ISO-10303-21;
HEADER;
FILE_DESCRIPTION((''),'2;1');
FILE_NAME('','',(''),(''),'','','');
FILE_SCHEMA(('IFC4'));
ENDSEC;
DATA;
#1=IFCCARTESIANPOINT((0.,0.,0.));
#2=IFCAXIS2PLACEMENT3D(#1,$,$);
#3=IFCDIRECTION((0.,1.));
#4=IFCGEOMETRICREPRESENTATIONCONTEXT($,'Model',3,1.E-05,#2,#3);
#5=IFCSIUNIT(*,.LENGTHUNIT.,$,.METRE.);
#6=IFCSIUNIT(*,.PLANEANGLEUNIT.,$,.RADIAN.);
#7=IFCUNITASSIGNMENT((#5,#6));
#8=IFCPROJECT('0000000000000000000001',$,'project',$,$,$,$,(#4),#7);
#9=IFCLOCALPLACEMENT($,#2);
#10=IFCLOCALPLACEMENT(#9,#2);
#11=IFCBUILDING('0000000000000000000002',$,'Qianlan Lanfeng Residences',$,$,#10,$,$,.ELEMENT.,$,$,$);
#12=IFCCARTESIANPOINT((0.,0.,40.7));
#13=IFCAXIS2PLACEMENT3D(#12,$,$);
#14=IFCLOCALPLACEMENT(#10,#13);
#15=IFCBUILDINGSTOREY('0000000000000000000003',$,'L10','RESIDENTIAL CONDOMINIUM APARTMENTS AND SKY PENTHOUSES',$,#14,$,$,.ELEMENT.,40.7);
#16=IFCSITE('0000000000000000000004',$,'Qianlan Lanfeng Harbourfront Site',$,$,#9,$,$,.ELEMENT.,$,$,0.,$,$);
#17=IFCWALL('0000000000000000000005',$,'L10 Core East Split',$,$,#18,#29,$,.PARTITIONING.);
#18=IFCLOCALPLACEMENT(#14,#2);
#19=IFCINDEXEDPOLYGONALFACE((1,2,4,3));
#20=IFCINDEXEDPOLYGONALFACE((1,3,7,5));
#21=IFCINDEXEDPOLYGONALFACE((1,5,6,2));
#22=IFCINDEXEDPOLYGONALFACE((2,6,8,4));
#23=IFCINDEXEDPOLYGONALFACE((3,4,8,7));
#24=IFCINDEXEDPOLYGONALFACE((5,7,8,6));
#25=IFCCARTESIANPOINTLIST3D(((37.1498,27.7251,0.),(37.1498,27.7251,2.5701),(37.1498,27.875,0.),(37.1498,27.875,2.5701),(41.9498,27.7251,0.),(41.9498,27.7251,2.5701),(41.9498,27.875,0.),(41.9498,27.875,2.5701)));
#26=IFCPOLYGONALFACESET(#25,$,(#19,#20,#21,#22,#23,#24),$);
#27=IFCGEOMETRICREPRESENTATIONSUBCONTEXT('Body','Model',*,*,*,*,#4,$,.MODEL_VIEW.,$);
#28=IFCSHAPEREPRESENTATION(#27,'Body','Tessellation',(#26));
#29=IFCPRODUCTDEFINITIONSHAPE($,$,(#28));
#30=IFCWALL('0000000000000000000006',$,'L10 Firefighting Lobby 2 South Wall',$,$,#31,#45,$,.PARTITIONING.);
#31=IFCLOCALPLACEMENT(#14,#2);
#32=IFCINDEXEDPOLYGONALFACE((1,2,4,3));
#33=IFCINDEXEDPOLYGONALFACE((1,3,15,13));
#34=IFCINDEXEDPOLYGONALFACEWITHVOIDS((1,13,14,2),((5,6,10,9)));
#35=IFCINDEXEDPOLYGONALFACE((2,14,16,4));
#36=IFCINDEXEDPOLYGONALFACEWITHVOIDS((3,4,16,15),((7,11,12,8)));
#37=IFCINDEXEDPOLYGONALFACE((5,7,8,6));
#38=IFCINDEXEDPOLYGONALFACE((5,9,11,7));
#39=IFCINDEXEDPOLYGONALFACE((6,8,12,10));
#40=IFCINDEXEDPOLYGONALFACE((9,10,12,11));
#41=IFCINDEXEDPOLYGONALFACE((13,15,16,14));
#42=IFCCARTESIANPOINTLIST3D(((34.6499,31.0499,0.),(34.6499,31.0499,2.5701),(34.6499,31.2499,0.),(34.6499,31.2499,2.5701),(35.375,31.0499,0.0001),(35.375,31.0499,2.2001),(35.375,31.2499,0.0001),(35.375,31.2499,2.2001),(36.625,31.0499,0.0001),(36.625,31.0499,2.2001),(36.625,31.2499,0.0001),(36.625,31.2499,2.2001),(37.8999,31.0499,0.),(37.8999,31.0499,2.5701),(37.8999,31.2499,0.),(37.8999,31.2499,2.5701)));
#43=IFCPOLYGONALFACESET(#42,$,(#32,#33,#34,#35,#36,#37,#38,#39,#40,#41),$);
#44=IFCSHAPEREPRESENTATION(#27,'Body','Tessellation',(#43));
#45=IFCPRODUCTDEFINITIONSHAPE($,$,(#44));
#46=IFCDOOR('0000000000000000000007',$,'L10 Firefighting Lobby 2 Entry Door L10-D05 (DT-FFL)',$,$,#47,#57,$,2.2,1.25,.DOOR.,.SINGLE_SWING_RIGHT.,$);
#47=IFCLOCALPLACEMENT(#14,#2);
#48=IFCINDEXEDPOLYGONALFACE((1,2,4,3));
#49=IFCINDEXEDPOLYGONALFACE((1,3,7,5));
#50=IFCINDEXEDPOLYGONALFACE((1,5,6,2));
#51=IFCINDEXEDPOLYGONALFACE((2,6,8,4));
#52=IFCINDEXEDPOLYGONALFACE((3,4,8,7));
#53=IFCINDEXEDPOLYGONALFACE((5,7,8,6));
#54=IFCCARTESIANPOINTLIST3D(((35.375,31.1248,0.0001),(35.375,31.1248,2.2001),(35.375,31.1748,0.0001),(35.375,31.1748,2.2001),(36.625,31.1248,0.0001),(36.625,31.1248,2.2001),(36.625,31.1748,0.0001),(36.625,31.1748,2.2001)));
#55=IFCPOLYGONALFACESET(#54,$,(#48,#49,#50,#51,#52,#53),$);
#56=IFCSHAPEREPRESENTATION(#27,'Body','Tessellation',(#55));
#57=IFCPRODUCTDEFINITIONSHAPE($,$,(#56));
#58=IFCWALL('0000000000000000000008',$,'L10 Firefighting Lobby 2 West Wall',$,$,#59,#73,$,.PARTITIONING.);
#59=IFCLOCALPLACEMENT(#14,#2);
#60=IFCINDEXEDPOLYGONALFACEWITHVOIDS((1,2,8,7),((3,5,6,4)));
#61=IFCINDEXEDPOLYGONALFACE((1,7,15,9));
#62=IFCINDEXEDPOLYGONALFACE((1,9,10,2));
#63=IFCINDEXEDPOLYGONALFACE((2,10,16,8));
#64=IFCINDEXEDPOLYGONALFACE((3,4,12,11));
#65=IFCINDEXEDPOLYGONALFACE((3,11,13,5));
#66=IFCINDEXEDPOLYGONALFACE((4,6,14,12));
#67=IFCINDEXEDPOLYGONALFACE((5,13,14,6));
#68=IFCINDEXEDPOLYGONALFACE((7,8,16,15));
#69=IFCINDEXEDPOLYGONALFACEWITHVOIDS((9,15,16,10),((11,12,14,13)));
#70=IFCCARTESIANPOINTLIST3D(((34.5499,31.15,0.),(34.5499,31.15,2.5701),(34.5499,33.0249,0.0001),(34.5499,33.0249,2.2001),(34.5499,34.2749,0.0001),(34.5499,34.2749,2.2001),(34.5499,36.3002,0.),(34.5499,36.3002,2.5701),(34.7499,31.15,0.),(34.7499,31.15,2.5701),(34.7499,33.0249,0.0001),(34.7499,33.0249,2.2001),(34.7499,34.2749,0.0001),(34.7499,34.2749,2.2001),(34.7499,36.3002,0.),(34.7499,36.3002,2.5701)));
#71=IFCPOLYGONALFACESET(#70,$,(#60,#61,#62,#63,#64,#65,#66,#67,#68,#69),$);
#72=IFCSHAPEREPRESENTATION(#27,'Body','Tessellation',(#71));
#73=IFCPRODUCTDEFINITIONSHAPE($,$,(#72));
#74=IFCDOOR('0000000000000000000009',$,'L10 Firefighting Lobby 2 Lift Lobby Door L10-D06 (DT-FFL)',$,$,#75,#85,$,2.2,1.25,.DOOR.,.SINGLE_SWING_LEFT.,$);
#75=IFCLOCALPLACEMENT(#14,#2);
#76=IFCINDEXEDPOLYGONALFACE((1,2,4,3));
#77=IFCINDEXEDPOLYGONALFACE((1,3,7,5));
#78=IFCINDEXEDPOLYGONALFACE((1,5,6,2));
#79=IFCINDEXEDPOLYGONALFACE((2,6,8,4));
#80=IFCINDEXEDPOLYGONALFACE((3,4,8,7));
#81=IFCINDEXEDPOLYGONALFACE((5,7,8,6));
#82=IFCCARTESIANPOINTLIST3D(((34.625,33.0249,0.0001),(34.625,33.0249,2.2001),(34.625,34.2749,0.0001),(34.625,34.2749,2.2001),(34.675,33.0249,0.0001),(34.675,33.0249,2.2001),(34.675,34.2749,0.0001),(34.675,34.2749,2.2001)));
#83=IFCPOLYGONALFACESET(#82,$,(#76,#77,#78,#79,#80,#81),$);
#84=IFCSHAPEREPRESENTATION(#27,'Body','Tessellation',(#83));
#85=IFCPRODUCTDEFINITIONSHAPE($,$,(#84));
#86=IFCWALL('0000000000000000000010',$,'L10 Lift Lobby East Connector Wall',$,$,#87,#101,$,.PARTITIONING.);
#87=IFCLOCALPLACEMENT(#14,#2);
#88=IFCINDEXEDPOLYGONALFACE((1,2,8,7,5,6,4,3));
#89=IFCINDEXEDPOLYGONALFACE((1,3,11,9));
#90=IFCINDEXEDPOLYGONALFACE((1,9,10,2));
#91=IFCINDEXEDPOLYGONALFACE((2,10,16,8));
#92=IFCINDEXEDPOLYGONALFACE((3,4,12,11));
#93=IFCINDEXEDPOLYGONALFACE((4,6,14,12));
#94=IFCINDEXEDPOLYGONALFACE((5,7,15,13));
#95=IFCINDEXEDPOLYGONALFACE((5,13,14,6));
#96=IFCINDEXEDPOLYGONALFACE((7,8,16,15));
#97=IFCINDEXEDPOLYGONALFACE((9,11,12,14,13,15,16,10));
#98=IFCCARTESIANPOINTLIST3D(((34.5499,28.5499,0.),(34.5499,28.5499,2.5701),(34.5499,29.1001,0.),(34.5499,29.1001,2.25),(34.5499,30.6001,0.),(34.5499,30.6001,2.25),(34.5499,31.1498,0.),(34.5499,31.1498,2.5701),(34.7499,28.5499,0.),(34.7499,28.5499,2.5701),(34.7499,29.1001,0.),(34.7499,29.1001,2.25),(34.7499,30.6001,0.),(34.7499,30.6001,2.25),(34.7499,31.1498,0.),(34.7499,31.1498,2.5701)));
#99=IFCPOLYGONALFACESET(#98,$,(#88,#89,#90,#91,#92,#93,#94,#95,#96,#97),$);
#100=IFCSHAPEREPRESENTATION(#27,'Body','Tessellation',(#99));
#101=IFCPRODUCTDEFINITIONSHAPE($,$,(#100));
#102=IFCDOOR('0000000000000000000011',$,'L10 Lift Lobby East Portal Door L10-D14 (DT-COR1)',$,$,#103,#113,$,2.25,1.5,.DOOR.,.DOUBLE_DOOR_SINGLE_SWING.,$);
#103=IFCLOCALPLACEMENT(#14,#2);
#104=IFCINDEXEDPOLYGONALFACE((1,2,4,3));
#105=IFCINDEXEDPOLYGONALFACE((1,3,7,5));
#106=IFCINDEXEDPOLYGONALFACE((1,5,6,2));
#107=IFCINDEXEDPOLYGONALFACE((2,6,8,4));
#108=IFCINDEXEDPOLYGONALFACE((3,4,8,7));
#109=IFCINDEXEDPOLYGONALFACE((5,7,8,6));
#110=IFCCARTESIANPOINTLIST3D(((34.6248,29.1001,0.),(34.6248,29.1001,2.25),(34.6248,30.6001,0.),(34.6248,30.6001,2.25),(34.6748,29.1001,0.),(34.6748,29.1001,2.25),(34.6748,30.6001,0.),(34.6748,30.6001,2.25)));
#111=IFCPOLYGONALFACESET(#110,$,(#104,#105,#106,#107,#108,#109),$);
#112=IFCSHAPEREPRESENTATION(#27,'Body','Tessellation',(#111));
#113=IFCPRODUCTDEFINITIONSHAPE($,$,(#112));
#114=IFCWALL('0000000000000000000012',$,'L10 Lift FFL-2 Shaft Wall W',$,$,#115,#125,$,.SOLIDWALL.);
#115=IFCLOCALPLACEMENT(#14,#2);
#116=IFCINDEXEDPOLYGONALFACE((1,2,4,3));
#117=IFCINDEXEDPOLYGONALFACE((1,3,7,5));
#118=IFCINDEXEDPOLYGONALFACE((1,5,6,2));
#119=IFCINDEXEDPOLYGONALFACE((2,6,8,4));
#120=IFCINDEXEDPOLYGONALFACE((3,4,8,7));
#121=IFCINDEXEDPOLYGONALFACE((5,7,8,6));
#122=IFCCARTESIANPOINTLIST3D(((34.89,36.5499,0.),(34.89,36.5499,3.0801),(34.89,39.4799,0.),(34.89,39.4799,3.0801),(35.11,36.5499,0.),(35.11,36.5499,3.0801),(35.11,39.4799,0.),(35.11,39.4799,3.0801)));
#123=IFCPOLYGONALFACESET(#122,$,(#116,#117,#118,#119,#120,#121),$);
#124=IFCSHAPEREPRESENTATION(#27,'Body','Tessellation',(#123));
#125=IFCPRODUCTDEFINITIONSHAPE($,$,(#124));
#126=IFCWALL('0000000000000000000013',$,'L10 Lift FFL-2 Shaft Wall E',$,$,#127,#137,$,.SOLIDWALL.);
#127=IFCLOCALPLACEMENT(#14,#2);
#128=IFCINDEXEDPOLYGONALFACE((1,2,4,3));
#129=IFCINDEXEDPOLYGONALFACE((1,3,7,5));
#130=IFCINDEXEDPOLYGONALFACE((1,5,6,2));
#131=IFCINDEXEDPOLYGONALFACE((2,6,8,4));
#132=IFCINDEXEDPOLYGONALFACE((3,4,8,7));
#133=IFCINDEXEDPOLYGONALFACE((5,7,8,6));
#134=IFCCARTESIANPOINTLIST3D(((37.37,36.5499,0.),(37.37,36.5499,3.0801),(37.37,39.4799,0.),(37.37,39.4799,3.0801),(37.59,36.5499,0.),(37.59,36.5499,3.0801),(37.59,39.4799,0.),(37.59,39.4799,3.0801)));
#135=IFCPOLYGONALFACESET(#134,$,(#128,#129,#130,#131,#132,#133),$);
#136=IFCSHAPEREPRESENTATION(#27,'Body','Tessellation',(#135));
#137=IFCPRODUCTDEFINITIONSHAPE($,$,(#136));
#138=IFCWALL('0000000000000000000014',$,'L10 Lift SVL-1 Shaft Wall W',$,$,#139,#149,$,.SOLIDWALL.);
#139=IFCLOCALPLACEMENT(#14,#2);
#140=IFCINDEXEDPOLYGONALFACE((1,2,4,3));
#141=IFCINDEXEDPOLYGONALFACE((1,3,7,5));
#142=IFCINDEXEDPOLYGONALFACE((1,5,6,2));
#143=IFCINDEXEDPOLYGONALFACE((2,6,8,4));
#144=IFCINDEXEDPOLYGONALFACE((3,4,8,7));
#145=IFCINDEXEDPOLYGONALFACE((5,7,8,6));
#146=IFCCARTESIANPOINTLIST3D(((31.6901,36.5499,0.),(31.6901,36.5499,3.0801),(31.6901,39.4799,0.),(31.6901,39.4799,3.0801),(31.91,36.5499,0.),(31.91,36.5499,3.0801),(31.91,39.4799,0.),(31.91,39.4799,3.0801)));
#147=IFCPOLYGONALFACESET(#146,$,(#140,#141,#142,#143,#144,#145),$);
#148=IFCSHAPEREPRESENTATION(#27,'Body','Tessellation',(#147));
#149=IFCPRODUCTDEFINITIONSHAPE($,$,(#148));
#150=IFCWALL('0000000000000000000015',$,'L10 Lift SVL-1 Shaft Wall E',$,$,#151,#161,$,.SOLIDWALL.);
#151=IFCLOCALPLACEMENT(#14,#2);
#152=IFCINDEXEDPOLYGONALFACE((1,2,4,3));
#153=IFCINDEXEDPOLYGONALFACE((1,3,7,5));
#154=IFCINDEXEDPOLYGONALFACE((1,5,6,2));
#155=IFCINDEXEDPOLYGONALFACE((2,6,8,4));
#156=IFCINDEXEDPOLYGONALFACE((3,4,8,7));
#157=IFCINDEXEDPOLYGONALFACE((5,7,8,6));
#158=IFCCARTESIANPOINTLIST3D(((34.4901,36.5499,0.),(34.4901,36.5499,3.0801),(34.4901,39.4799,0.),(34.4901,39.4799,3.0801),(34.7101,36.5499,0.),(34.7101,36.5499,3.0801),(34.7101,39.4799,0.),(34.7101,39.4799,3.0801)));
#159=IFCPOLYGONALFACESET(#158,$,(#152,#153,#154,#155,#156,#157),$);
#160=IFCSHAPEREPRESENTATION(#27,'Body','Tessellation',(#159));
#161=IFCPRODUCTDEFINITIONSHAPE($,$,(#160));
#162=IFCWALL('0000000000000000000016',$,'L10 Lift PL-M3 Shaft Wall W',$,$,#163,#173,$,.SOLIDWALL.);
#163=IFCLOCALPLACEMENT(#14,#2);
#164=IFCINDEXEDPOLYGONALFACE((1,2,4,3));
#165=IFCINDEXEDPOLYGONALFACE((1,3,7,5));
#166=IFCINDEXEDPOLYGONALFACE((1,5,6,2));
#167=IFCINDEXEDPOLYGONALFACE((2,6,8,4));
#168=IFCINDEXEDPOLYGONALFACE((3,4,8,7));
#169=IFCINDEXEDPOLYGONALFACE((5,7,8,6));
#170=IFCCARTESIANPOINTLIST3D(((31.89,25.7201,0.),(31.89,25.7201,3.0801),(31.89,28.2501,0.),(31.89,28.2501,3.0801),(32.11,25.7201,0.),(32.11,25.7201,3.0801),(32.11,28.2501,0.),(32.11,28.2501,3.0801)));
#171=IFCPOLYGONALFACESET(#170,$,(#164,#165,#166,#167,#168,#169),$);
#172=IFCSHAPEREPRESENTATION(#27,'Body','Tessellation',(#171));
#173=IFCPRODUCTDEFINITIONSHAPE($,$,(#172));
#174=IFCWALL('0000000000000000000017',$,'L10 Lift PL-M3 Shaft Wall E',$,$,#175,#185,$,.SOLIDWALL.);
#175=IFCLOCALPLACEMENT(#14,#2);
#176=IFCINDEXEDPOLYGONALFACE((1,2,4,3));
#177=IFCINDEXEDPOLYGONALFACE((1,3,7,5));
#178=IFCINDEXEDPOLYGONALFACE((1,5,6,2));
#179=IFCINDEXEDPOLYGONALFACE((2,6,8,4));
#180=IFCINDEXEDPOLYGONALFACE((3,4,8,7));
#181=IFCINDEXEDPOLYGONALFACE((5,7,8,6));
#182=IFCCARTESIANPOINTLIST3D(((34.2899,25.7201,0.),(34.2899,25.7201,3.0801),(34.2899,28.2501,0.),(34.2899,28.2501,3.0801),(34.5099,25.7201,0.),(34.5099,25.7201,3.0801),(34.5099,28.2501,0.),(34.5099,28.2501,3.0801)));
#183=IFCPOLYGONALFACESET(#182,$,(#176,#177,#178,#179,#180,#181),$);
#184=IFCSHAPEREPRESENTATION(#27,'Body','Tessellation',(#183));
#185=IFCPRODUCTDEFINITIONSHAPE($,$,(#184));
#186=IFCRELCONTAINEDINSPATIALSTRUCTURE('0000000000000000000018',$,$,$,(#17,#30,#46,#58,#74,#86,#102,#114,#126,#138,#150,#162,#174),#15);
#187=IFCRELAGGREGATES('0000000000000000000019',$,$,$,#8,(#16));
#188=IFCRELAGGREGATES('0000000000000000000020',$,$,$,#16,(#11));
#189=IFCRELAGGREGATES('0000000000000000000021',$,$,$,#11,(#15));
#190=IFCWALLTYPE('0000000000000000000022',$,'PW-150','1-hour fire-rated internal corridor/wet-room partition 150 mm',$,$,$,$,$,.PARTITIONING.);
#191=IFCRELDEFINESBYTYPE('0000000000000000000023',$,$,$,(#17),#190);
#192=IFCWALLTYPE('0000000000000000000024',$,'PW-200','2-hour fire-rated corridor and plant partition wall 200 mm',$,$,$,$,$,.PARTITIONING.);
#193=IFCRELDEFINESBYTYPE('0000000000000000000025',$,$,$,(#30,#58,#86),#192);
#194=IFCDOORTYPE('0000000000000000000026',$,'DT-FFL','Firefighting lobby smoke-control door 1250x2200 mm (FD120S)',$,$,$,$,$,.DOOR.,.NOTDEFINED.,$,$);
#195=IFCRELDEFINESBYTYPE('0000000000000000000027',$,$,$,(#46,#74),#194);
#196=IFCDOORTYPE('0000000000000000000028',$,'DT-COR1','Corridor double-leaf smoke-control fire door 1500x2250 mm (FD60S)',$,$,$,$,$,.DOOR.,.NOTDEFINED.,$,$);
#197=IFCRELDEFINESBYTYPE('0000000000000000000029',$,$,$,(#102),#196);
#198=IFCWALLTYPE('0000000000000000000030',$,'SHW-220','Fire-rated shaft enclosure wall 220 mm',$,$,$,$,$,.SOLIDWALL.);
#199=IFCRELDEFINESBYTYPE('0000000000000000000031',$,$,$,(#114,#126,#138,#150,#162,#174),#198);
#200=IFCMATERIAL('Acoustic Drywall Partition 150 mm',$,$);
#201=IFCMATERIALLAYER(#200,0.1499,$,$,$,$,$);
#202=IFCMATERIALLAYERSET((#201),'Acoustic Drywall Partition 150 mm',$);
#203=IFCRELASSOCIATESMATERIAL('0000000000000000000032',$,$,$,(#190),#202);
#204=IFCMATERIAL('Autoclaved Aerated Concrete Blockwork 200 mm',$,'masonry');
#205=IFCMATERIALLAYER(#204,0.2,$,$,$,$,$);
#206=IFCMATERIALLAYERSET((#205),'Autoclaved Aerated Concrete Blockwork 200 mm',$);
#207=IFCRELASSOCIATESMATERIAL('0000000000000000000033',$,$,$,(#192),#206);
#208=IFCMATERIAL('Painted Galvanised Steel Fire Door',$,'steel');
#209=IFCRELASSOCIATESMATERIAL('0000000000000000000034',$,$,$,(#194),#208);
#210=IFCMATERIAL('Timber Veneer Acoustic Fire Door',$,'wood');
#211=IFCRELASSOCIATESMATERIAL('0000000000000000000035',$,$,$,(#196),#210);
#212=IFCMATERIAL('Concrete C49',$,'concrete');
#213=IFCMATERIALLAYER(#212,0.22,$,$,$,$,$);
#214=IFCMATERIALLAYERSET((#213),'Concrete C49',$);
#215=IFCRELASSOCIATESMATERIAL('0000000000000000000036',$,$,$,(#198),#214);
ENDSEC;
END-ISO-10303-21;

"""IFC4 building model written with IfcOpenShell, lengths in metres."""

from ifc_helpers import new_model, si_unit, direction, frame, frame_2d, origin, place, context, subcontext, project, spatial, rectangle, extrude, material, layer, layer_set, type_object, element, fill, save


model = new_model("IFC4")

# Units and contexts
model_context = context("Model", 3, precision=1e-05, world=origin(), true_north=direction((0.0, 1.0)))
body_context = subcontext(model_context, "Body", "Model", "MODEL_VIEW")
ifc_project = project(units=[si_unit("LENGTHUNIT", "METRE"), si_unit("PLANEANGLEUNIT", "RADIAN")], contexts=[model_context])

# Site, building, storey
site_placement = place(None, origin())
site = spatial("IfcSite", under=ifc_project, at=site_placement, Name="Qianlan Lanfeng Harbourfront Site", CompositionType="ELEMENT", RefElevation=0.0)
building_placement = place(site_placement, origin())
building = spatial("IfcBuilding", under=site, at=building_placement, Name="Qianlan Lanfeng Residences", CompositionType="ELEMENT")
storey_placement = place(building_placement, frame((0.0, 0.0, 40.7)))
storey = spatial("IfcBuildingStorey", under=building, at=storey_placement, Name="L10", Description="RESIDENTIAL CONDOMINIUM APARTMENTS AND SKY PENTHOUSES", CompositionType="ELEMENT", Elevation=40.7)

# Wall
ifc_material_1 = material(Name="Acoustic Drywall Partition 150 mm")
ifc_layer_1 = layer(ifc_material_1, 0.1499)
ifc_layer_set_1 = layer_set([ifc_layer_1], Name="Acoustic Drywall Partition 150 mm")
wall_type_1 = type_object("IfcWallType", Name="PW-150", Description="1-hour fire-rated internal corridor/wet-room partition 150 mm", PredefinedType="PARTITIONING", material=ifc_layer_set_1)
wall_1_placement = place(storey_placement, frame((37.1499, 27.8, 0.0), z_axis=(0.0, 0.0, 1.0), x_axis=(1.0, 0.0, 0.0)))
element("IfcWall", 1, at=wall_1_placement, inside=storey, type_object=wall_type_1, Name="L10 Core East Split", PredefinedType="PARTITIONING", context=body_context, shape_type="SweptSolid", body=[
    extrude(rectangle(XDim=4.8, YDim=0.1499, at=frame_2d((2.3999, 0.0))), origin(), (0.0, 0.0, 1.0), 2.5701),
])

# Walls, openings, doors
ifc_material_2 = material(Name="Autoclaved Aerated Concrete Blockwork 200 mm", Category="masonry")
ifc_layer_2 = layer(ifc_material_2, 0.2)
ifc_layer_set_2 = layer_set([ifc_layer_2], Name="Autoclaved Aerated Concrete Blockwork 200 mm")
wall_type_2 = type_object("IfcWallType", Name="PW-200", Description="2-hour fire-rated corridor and plant partition wall 200 mm", PredefinedType="PARTITIONING", material=ifc_layer_set_2)
wall_2_placement = place(storey_placement, frame((34.6499, 31.1499, 0.0), z_axis=(0.0, 0.0, 1.0), x_axis=(1.0, 0.0, 0.0)))
wall_2 = element("IfcWall", 2, at=wall_2_placement, inside=storey, type_object=wall_type_2, Name="L10 Firefighting Lobby 2 South Wall", PredefinedType="PARTITIONING", context=body_context, shape_type="SweptSolid", body=[
    extrude(rectangle(XDim=3.25, YDim=0.2, at=frame_2d((1.625, 0.0))), origin(), (0.0, 0.0, 1.0), 2.5701),
])
opening_1_placement = place(wall_2_placement, frame((0.7251, 0.0, 0.0)))
opening_1 = element("IfcOpeningElement", 3, at=opening_1_placement, cuts=wall_2, PredefinedType="OPENING", context=body_context, shape_type="SweptSolid", body=[
    extrude(rectangle(XDim=1.25, YDim=2.2, at=frame_2d((0.625, 1.1001))), frame((0.0, 0.1099, 0.0), z_axis=(0.0, -1.0, 0.0), x_axis=(1.0, 0.0, 0.0)), (0.0, 0.0, 1.0), 0.22),
])
ifc_material_3 = material(Name="Painted Galvanised Steel Fire Door", Category="steel")
door_type_1 = type_object("IfcDoorType", Name="DT-FFL", Description="Firefighting lobby smoke-control door 1250x2200 mm (FD120S)", OperationType="NOTDEFINED", PredefinedType="DOOR", material=ifc_material_3)
door_1_placement = place(opening_1_placement, origin())
door_1 = element("IfcDoor", 4, at=door_1_placement, inside=storey, type_object=door_type_1, Name="L10 Firefighting Lobby 2 Entry Door L10-D05 (DT-FFL)", OperationType="SINGLE_SWING_RIGHT", OverallHeight=2.2, OverallWidth=1.25, PredefinedType="DOOR", context=body_context, shape_type="SweptSolid", body=[
    extrude(rectangle(XDim=1.25, YDim=2.2, at=frame_2d((0.625, 1.1001))), frame((0.0, 0.0249, 0.0), z_axis=(0.0, -1.0, 0.0), x_axis=(1.0, 0.0, 0.0)), (0.0, 0.0, 1.0), 0.05),
])
fill(opening_1, door_1)
wall_3_placement = place(storey_placement, frame((34.6499, 31.1499, 0.0), z_axis=(0.0, 0.0, 1.0), x_axis=(0.0, 1.0, 0.0)))
wall_3 = element("IfcWall", 5, at=wall_3_placement, inside=storey, type_object=wall_type_2, Name="L10 Firefighting Lobby 2 West Wall", PredefinedType="PARTITIONING", context=body_context, shape_type="SweptSolid", body=[
    extrude(rectangle(XDim=5.1501, YDim=0.2, at=frame_2d((2.5752, 0.0))), origin(), (0.0, 0.0, 1.0), 2.5701),
])
opening_2_placement = place(wall_3_placement, frame((1.875, 0.0, 0.0)))
opening_2 = element("IfcOpeningElement", 6, at=opening_2_placement, cuts=wall_3, PredefinedType="OPENING", context=body_context, shape_type="SweptSolid", body=[
    extrude(rectangle(XDim=1.25, YDim=2.2, at=frame_2d((0.625, 1.1001))), frame((0.0, 0.1099, 0.0), z_axis=(0.0, -1.0, 0.0), x_axis=(1.0, 0.0, 0.0)), (0.0, 0.0, 1.0), 0.22),
])
door_2_placement = place(opening_2_placement, origin())
door_2 = element("IfcDoor", 7, at=door_2_placement, inside=storey, type_object=door_type_1, Name="L10 Firefighting Lobby 2 Lift Lobby Door L10-D06 (DT-FFL)", OperationType="SINGLE_SWING_LEFT", OverallHeight=2.2, OverallWidth=1.25, PredefinedType="DOOR", context=body_context, shape_type="SweptSolid", body=[
    extrude(rectangle(XDim=1.25, YDim=2.2, at=frame_2d((0.625, 1.1001))), frame((0.0, 0.0249, 0.0), z_axis=(0.0, -1.0, 0.0), x_axis=(1.0, 0.0, 0.0)), (0.0, 0.0, 1.0), 0.05),
])
fill(opening_2, door_2)
wall_4_placement = place(storey_placement, frame((34.6499, 28.55, 0.0), z_axis=(0.0, 0.0, 1.0), x_axis=(0.0, 1.0, 0.0)))
wall_4 = element("IfcWall", 8, at=wall_4_placement, inside=storey, type_object=wall_type_2, Name="L10 Lift Lobby East Connector Wall", PredefinedType="PARTITIONING", context=body_context, shape_type="SweptSolid", body=[
    extrude(rectangle(XDim=2.5999, YDim=0.2, at=frame_2d((1.2998, 0.0))), origin(), (0.0, 0.0, 1.0), 2.5701),
])
opening_3_placement = place(wall_4_placement, frame((0.55, 0.0, 0.0)))
opening_3 = element("IfcOpeningElement", 9, at=opening_3_placement, cuts=wall_4, PredefinedType="OPENING", context=body_context, shape_type="SweptSolid", body=[
    extrude(rectangle(XDim=1.5, YDim=2.25, at=frame_2d((0.75, 1.125))), frame((0.0, 0.1099, 0.0), z_axis=(0.0, -1.0, 0.0), x_axis=(1.0, 0.0, 0.0)), (0.0, 0.0, 1.0), 0.22),
])
ifc_material_4 = material(Name="Timber Veneer Acoustic Fire Door", Category="wood")
door_type_2 = type_object("IfcDoorType", Name="DT-COR1", Description="Corridor double-leaf smoke-control fire door 1500x2250 mm (FD60S)", OperationType="NOTDEFINED", PredefinedType="DOOR", material=ifc_material_4)
door_3_placement = place(opening_3_placement, frame((1.5, 0.0, 0.0), z_axis=(0.0, 0.0, 1.0), x_axis=(-1.0, 0.0, 0.0)))
door_3 = element("IfcDoor", 10, at=door_3_placement, inside=storey, type_object=door_type_2, Name="L10 Lift Lobby East Portal Door L10-D14 (DT-COR1)", OperationType="DOUBLE_DOOR_SINGLE_SWING", OverallHeight=2.25, OverallWidth=1.5, PredefinedType="DOOR", context=body_context, shape_type="SweptSolid", body=[
    extrude(rectangle(XDim=1.5, YDim=2.25, at=frame_2d((0.75, 1.125))), frame((0.0, 0.0249, 0.0), z_axis=(0.0, -1.0, 0.0), x_axis=(1.0, 0.0, 0.0)), (0.0, 0.0, 1.0), 0.05),
])
fill(opening_3, door_3)

# Walls
ifc_material_5 = material(Name="Concrete C49", Category="concrete")
ifc_layer_3 = layer(ifc_material_5, 0.22)
ifc_layer_set_3 = layer_set([ifc_layer_3], Name="Concrete C49")
wall_type_3 = type_object("IfcWallType", Name="SHW-220", Description="Fire-rated shaft enclosure wall 220 mm", PredefinedType="SOLIDWALL", material=ifc_layer_set_3)
for number, where, z_axis, x_axis, name in (
    (11, (35.0, 36.55, 0.0), (0.0, 0.0, 1.0), (0.0, 1.0, 0.0), "L10 Lift FFL-2 Shaft Wall W"),
    (12, (37.48, 36.55, 0.0), (0.0, 0.0, 1.0), (0.0, 1.0, 0.0), "L10 Lift FFL-2 Shaft Wall E"),
    (13, (31.8, 36.55, 0.0), (0.0, 0.0, 1.0), (0.0, 1.0, 0.0), "L10 Lift SVL-1 Shaft Wall W"),
    (14, (34.6001, 36.55, 0.0), (0.0, 0.0, 1.0), (0.0, 1.0, 0.0), "L10 Lift SVL-1 Shaft Wall E"),
):
    element("IfcWall", number, at=place(storey_placement, frame(where, z_axis=z_axis, x_axis=x_axis)), inside=storey, type_object=wall_type_3, Name=name, PredefinedType="SOLIDWALL", context=body_context, shape_type="SweptSolid", body=[
        extrude(rectangle(XDim=2.9299, YDim=0.22, at=frame_2d((1.4648, 0.0))), origin(), (0.0, 0.0, 1.0), 3.0801),
    ])
for number, where, z_axis, x_axis, name in (
    (15, (32.0, 25.72, 0.0), (0.0, 0.0, 1.0), (0.0, 1.0, 0.0), "L10 Lift PL-M3 Shaft Wall W"),
    (16, (34.3999, 25.72, 0.0), (0.0, 0.0, 1.0), (0.0, 1.0, 0.0), "L10 Lift PL-M3 Shaft Wall E"),
):
    element("IfcWall", number, at=place(storey_placement, frame(where, z_axis=z_axis, x_axis=x_axis)), inside=storey, type_object=wall_type_3, Name=name, PredefinedType="SOLIDWALL", context=body_context, shape_type="SweptSolid", body=[
        extrude(rectangle(XDim=2.53, YDim=0.22, at=frame_2d((1.2651, 0.0))), origin(), (0.0, 0.0, 1.0), 3.0801),
    ])

save(model, "model.ifc")
